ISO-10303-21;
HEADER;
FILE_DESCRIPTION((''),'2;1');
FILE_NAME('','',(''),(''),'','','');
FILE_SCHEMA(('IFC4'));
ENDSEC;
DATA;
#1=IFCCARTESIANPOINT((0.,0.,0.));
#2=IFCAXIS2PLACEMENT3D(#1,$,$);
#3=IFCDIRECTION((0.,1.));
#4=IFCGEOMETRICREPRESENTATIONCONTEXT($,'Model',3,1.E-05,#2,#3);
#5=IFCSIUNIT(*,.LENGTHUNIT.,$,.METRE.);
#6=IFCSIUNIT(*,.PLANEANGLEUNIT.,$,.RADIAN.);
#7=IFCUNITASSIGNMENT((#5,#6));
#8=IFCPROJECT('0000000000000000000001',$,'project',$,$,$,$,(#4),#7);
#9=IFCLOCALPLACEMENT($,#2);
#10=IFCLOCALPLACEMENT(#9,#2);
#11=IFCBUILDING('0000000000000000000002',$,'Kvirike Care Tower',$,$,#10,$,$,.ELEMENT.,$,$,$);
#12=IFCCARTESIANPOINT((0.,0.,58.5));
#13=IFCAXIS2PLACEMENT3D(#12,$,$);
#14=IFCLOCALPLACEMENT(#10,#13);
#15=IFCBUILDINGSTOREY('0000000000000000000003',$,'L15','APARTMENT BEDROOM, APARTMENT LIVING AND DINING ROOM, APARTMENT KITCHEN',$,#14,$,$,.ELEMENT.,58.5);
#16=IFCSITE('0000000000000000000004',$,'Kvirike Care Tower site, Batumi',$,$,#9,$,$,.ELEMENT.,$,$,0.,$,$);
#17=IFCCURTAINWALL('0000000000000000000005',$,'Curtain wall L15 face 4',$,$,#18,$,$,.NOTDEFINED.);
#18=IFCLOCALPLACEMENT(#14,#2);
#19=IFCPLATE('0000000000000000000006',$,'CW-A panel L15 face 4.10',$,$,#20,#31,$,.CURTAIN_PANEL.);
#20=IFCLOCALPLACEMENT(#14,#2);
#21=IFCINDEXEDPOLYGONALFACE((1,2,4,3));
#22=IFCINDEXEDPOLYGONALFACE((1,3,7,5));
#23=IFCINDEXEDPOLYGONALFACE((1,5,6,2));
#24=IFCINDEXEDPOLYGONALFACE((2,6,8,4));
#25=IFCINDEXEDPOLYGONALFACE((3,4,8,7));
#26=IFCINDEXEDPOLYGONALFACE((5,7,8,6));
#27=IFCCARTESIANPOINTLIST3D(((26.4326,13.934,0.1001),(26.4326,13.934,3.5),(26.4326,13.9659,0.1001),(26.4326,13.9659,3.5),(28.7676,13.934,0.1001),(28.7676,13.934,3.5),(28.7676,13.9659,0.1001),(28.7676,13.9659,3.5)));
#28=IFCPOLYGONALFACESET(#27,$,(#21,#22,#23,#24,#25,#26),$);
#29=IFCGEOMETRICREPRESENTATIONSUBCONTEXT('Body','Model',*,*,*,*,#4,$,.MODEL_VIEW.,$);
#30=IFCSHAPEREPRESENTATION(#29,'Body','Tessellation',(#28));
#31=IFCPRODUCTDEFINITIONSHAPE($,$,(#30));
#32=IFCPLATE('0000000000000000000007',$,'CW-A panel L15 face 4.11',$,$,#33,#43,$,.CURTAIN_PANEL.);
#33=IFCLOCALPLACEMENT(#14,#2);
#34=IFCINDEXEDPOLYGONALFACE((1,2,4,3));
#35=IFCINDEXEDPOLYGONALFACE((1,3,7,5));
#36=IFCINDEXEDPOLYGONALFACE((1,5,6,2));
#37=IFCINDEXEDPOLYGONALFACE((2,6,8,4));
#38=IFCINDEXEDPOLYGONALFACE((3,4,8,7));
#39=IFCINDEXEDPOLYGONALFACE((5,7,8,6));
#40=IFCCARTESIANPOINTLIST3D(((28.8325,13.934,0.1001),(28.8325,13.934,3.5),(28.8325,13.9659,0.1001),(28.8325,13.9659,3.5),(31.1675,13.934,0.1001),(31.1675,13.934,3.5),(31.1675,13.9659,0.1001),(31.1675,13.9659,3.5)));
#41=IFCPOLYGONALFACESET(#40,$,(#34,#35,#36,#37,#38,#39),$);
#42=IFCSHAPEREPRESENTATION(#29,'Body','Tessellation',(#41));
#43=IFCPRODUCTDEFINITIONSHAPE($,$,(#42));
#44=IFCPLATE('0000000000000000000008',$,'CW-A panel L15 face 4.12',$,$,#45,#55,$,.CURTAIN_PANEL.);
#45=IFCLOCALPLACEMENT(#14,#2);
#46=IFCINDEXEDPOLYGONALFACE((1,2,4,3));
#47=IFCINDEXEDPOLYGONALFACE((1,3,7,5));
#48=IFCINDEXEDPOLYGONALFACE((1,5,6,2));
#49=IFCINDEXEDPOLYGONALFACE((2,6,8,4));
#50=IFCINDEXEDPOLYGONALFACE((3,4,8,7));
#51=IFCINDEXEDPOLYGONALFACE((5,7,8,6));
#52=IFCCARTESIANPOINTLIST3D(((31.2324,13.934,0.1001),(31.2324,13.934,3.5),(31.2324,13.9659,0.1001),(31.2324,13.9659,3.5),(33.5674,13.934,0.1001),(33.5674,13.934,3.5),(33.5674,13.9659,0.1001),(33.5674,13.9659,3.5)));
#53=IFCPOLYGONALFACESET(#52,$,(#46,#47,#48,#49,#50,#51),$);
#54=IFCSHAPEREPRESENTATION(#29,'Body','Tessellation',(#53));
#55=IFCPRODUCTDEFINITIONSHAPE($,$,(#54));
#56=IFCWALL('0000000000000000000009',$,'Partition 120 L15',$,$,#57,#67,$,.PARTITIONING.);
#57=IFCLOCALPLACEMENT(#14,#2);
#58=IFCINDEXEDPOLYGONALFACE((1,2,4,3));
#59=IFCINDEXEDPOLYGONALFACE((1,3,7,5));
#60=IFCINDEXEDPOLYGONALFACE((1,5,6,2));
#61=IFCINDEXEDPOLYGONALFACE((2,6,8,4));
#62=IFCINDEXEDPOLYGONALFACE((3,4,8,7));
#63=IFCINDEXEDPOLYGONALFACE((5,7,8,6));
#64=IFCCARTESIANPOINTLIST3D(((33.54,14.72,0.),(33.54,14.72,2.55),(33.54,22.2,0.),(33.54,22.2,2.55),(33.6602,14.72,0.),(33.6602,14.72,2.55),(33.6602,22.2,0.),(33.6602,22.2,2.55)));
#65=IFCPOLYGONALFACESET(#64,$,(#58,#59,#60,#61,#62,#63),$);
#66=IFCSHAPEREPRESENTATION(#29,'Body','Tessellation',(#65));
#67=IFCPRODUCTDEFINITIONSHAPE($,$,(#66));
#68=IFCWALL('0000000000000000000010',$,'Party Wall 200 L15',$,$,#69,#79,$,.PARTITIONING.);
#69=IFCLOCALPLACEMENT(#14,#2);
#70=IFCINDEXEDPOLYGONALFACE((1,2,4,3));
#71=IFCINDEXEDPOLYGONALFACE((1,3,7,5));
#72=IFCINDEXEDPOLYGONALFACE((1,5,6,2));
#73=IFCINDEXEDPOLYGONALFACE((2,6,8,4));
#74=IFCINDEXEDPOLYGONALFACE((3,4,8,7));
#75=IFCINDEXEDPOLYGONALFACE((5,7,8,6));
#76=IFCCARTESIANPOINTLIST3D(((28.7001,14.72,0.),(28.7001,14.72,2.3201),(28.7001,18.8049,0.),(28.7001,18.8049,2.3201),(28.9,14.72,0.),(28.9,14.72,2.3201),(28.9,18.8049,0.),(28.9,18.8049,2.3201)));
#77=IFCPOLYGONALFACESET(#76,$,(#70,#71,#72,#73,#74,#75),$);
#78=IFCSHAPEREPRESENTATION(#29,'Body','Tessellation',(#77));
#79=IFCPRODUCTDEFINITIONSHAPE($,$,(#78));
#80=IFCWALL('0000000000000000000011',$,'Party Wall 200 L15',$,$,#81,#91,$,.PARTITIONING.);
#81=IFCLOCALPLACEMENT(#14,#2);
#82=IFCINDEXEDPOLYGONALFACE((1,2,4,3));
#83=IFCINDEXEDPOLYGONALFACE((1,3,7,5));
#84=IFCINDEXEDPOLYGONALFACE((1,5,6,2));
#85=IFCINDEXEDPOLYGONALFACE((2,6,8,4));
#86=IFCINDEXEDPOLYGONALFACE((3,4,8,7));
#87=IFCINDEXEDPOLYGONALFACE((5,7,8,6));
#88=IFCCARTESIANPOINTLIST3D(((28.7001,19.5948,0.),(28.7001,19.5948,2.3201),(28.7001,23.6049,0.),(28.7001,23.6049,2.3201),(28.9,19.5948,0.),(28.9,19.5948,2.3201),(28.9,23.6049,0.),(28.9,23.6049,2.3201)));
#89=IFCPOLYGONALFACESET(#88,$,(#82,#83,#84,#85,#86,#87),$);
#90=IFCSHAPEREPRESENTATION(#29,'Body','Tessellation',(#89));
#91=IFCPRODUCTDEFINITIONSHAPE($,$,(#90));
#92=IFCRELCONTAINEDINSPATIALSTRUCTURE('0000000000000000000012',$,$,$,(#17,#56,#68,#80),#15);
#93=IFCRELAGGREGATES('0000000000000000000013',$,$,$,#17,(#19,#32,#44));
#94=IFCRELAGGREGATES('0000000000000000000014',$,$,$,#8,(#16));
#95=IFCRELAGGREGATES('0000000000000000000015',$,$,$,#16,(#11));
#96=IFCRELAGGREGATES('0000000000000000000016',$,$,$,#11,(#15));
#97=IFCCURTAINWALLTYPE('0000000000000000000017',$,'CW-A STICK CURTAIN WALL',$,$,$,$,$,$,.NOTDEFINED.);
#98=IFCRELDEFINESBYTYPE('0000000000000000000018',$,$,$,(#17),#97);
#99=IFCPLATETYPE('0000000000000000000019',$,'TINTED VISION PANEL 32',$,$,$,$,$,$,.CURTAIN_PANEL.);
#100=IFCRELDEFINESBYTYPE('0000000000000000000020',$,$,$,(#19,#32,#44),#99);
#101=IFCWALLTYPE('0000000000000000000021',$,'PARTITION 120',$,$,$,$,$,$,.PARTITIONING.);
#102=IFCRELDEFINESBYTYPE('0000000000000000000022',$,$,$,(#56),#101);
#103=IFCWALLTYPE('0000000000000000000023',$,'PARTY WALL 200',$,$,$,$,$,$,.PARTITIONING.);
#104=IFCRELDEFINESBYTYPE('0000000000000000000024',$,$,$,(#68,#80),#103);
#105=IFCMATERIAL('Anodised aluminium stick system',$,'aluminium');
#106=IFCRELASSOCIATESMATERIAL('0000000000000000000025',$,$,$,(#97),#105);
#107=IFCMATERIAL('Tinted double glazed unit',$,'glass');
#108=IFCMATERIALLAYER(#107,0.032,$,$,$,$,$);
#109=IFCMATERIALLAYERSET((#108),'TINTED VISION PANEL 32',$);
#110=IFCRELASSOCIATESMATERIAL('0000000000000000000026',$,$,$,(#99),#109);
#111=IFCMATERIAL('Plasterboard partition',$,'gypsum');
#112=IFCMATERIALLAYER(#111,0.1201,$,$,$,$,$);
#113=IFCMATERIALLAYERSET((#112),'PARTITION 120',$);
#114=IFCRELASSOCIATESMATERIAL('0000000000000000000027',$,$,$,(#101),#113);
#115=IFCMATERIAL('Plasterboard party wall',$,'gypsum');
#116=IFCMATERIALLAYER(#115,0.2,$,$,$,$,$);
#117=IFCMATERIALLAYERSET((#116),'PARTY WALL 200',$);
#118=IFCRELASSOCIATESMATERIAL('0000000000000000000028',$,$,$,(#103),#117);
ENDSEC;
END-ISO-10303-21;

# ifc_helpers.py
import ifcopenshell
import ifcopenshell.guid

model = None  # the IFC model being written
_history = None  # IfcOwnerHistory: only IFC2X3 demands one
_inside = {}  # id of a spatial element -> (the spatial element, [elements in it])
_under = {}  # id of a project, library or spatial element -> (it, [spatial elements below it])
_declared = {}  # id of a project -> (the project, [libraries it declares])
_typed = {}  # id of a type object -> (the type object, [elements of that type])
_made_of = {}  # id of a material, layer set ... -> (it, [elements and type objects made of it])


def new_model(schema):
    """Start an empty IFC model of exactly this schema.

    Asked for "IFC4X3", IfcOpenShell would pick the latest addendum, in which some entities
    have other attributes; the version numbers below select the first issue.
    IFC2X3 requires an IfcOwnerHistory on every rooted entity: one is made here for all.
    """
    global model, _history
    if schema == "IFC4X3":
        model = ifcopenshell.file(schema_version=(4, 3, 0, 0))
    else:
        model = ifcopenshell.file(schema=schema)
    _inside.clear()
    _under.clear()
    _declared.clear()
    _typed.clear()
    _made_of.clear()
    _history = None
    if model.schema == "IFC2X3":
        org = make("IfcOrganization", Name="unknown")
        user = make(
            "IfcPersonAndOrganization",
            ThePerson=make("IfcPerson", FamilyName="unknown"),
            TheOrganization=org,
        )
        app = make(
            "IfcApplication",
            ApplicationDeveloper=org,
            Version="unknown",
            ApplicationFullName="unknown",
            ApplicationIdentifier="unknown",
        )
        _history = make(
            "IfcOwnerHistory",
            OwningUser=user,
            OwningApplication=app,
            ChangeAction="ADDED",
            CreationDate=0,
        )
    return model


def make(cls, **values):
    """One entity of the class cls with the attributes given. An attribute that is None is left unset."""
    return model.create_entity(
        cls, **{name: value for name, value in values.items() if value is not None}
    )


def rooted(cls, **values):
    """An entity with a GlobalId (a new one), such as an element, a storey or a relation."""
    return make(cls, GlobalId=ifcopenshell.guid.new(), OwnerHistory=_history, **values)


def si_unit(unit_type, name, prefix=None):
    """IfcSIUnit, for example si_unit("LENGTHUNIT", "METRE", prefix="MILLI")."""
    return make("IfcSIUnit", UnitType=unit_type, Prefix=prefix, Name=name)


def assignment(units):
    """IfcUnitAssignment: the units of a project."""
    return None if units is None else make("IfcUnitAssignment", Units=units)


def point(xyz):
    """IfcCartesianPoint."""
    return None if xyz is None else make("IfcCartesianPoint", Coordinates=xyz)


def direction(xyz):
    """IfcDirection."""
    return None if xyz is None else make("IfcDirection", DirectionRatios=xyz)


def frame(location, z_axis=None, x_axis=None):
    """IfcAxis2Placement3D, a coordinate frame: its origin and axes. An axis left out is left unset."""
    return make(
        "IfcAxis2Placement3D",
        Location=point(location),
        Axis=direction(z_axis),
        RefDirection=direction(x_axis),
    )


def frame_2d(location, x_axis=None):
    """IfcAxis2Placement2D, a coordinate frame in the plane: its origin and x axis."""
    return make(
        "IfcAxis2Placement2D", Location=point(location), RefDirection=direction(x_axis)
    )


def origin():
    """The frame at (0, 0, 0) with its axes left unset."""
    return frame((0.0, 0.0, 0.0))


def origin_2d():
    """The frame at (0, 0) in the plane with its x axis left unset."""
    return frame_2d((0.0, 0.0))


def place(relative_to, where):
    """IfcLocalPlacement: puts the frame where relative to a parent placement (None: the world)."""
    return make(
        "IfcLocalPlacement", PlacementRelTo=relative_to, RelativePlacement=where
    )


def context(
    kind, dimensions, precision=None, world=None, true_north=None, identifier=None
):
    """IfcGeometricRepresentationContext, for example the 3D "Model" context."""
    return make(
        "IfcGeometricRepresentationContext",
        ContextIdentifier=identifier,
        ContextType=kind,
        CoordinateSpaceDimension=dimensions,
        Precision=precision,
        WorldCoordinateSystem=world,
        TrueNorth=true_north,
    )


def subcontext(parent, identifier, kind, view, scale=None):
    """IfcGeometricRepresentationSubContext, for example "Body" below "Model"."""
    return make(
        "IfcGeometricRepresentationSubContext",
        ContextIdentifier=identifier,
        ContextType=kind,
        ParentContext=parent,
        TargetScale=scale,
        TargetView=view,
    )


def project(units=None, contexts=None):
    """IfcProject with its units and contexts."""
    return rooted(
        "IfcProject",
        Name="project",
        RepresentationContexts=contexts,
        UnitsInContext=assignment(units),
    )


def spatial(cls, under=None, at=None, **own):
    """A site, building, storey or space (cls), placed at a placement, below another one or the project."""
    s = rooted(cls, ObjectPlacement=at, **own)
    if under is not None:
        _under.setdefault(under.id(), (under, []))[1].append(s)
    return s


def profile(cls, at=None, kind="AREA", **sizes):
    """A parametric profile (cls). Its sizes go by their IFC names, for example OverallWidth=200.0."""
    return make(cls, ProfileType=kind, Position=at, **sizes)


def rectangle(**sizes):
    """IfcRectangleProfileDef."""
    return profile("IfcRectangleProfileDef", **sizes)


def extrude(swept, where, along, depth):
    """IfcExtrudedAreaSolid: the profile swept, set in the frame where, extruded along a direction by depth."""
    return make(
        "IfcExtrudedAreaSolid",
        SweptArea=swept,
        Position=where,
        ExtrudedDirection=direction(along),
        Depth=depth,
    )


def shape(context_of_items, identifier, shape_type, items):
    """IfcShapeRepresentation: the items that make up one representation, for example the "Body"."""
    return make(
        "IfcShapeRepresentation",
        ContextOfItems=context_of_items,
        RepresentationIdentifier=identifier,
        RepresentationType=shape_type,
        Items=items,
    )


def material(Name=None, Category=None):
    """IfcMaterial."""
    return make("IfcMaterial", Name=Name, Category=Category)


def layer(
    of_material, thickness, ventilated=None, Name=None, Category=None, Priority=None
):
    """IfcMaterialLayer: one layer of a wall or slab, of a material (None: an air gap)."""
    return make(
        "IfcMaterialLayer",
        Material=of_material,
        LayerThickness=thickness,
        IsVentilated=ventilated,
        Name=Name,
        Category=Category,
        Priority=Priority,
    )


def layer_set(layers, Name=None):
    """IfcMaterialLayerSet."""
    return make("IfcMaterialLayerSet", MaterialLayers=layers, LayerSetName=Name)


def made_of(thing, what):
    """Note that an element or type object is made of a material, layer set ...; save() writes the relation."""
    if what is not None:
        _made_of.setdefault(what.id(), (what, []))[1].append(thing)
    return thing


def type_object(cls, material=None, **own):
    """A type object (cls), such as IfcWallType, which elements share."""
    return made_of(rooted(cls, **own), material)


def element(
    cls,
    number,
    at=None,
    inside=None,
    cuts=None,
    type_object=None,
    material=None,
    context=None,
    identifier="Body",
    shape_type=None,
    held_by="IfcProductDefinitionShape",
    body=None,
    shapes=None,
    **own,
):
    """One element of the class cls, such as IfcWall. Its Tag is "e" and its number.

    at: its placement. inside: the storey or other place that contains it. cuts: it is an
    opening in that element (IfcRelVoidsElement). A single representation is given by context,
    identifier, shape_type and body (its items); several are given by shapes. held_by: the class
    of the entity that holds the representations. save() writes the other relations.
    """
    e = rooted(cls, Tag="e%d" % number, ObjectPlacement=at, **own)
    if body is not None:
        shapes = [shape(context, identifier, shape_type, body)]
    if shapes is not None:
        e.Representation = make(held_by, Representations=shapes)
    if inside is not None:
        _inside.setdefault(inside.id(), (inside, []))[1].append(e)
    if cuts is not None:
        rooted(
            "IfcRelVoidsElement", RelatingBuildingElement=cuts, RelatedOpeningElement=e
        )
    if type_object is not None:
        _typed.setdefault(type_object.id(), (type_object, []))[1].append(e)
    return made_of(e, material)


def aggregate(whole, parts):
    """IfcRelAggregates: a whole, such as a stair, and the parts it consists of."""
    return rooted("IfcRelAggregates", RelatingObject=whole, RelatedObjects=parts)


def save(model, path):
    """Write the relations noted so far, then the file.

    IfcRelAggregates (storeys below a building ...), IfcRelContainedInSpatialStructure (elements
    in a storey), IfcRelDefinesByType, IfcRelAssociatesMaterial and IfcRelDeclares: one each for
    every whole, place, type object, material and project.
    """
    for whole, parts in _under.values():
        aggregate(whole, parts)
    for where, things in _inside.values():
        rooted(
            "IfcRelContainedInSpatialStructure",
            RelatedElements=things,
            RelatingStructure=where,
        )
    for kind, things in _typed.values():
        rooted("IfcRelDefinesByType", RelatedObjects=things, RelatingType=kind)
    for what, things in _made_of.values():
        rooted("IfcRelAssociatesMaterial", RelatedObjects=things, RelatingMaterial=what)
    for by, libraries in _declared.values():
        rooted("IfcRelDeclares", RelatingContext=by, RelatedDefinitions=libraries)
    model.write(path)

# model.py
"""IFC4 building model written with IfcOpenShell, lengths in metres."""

from ifc_helpers import new_model, si_unit, direction, frame, frame_2d, origin, origin_2d, place, context, subcontext, project, spatial, rectangle, extrude, material, layer, layer_set, type_object, element, aggregate, save


model = new_model("IFC4")

# Units and contexts
model_context = context("Model", 3, precision=1e-05, world=origin(), true_north=direction((0.0, 1.0)))
body_context = subcontext(model_context, "Body", "Model", "MODEL_VIEW")
ifc_project = project(units=[si_unit("LENGTHUNIT", "METRE"), si_unit("PLANEANGLEUNIT", "RADIAN")], contexts=[model_context])

# Site, building, storey
site_placement = place(None, origin())
site = spatial("IfcSite", under=ifc_project, at=site_placement, Name="Kvirike Care Tower site, Batumi", CompositionType="ELEMENT", RefElevation=0.0)
building_placement = place(site_placement, origin())
building = spatial("IfcBuilding", under=site, at=building_placement, Name="Kvirike Care Tower", CompositionType="ELEMENT")
storey_placement = place(building_placement, frame((0.0, 0.0, 58.5)))
storey = spatial("IfcBuildingStorey", under=building, at=storey_placement, Name="L15", Description="APARTMENT BEDROOM, APARTMENT LIVING AND DINING ROOM, APARTMENT KITCHEN", CompositionType="ELEMENT", Elevation=58.5)

# Curtain wall
ifc_material_1 = material(Name="Anodised aluminium stick system", Category="aluminium")
curtain_wall_type = type_object("IfcCurtainWallType", Name="CW-A STICK CURTAIN WALL", PredefinedType="NOTDEFINED", material=ifc_material_1)
curtain_wall_placement = place(storey_placement, origin())
curtain_wall = element("IfcCurtainWall", 1, at=curtain_wall_placement, inside=storey, type_object=curtain_wall_type, Name="Curtain wall L15 face 4", PredefinedType="NOTDEFINED")

# Plates
ifc_material_2 = material(Name="Tinted double glazed unit", Category="glass")
ifc_layer_1 = layer(ifc_material_2, 0.032)
ifc_layer_set_1 = layer_set([ifc_layer_1], Name="TINTED VISION PANEL 32")
plate_type = type_object("IfcPlateType", Name="TINTED VISION PANEL 32", PredefinedType="CURTAIN_PANEL", material=ifc_layer_set_1)
plate_1_placement = place(storey_placement, frame((27.6001, 13.95, 0.1001), z_axis=(0.0, 0.0, 1.0), x_axis=(1.0, 0.0, 0.0)))
plate_1 = element("IfcPlate", 2, at=plate_1_placement, type_object=plate_type, Name="CW-A panel L15 face 4.10", PredefinedType="CURTAIN_PANEL", context=body_context, shape_type="SweptSolid", body=[
    extrude(rectangle(XDim=2.335, YDim=0.032, at=origin_2d()), origin(), (0.0, 0.0, 1.0), 3.3999),
])
plate_2_placement = place(storey_placement, frame((30.0, 13.95, 0.1001), z_axis=(0.0, 0.0, 1.0), x_axis=(1.0, 0.0, 0.0)))
plate_2 = element("IfcPlate", 3, at=plate_2_placement, type_object=plate_type, Name="CW-A panel L15 face 4.11", PredefinedType="CURTAIN_PANEL", context=body_context, shape_type="SweptSolid", body=[
    extrude(rectangle(XDim=2.335, YDim=0.032, at=origin_2d()), origin(), (0.0, 0.0, 1.0), 3.3999),
])
plate_3_placement = place(storey_placement, frame((32.3999, 13.95, 0.1001), z_axis=(0.0, 0.0, 1.0), x_axis=(1.0, 0.0, 0.0)))
plate_3 = element("IfcPlate", 4, at=plate_3_placement, type_object=plate_type, Name="CW-A panel L15 face 4.12", PredefinedType="CURTAIN_PANEL", context=body_context, shape_type="SweptSolid", body=[
    extrude(rectangle(XDim=2.335, YDim=0.032, at=origin_2d()), origin(), (0.0, 0.0, 1.0), 3.3999),
])
aggregate(curtain_wall, [plate_1, plate_2, plate_3])

# Walls
ifc_material_3 = material(Name="Plasterboard partition", Category="gypsum")
ifc_layer_2 = layer(ifc_material_3, 0.1201)
ifc_layer_set_2 = layer_set([ifc_layer_2], Name="PARTITION 120")
wall_type_1 = type_object("IfcWallType", Name="PARTITION 120", PredefinedType="PARTITIONING", material=ifc_layer_set_2)
wall_1_placement = place(storey_placement, frame((33.6001, 14.72, 0.0), z_axis=(0.0, 0.0, 1.0), x_axis=(0.0, 1.0, 0.0)))
element("IfcWall", 5, at=wall_1_placement, inside=storey, type_object=wall_type_1, Name="Partition 120 L15", PredefinedType="PARTITIONING", context=body_context, shape_type="SweptSolid", body=[
    extrude(rectangle(XDim=7.48, YDim=0.1201, at=frame_2d((3.74, 0.0))), origin(), (0.0, 0.0, 1.0), 2.55),
])
ifc_material_4 = material(Name="Plasterboard party wall", Category="gypsum")
ifc_layer_3 = layer(ifc_material_4, 0.2)
ifc_layer_set_3 = layer_set([ifc_layer_3], Name="PARTY WALL 200")
wall_type_2 = type_object("IfcWallType", Name="PARTY WALL 200", PredefinedType="PARTITIONING", material=ifc_layer_set_3)
wall_2_placement = place(storey_placement, frame((28.8, 14.72, 0.0), z_axis=(0.0, 0.0, 1.0), x_axis=(0.0, 1.0, 0.0)))
element("IfcWall", 6, at=wall_2_placement, inside=storey, type_object=wall_type_2, Name="Party Wall 200 L15", PredefinedType="PARTITIONING", context=body_context, shape_type="SweptSolid", body=[
    extrude(rectangle(XDim=4.085, YDim=0.2, at=frame_2d((2.0425, 0.0))), origin(), (0.0, 0.0, 1.0), 2.3201),
])
wall_3_placement = place(storey_placement, frame((28.8, 19.595, 0.0), z_axis=(0.0, 0.0, 1.0), x_axis=(0.0, 1.0, 0.0)))
element("IfcWall", 7, at=wall_3_placement, inside=storey, type_object=wall_type_2, Name="Party Wall 200 L15", PredefinedType="PARTITIONING", context=body_context, shape_type="SweptSolid", body=[
    extrude(rectangle(XDim=4.01, YDim=0.2, at=frame_2d((2.0049, 0.0))), origin(), (0.0, 0.0, 1.0), 2.3201),
])

save(model, "model.ifc")
